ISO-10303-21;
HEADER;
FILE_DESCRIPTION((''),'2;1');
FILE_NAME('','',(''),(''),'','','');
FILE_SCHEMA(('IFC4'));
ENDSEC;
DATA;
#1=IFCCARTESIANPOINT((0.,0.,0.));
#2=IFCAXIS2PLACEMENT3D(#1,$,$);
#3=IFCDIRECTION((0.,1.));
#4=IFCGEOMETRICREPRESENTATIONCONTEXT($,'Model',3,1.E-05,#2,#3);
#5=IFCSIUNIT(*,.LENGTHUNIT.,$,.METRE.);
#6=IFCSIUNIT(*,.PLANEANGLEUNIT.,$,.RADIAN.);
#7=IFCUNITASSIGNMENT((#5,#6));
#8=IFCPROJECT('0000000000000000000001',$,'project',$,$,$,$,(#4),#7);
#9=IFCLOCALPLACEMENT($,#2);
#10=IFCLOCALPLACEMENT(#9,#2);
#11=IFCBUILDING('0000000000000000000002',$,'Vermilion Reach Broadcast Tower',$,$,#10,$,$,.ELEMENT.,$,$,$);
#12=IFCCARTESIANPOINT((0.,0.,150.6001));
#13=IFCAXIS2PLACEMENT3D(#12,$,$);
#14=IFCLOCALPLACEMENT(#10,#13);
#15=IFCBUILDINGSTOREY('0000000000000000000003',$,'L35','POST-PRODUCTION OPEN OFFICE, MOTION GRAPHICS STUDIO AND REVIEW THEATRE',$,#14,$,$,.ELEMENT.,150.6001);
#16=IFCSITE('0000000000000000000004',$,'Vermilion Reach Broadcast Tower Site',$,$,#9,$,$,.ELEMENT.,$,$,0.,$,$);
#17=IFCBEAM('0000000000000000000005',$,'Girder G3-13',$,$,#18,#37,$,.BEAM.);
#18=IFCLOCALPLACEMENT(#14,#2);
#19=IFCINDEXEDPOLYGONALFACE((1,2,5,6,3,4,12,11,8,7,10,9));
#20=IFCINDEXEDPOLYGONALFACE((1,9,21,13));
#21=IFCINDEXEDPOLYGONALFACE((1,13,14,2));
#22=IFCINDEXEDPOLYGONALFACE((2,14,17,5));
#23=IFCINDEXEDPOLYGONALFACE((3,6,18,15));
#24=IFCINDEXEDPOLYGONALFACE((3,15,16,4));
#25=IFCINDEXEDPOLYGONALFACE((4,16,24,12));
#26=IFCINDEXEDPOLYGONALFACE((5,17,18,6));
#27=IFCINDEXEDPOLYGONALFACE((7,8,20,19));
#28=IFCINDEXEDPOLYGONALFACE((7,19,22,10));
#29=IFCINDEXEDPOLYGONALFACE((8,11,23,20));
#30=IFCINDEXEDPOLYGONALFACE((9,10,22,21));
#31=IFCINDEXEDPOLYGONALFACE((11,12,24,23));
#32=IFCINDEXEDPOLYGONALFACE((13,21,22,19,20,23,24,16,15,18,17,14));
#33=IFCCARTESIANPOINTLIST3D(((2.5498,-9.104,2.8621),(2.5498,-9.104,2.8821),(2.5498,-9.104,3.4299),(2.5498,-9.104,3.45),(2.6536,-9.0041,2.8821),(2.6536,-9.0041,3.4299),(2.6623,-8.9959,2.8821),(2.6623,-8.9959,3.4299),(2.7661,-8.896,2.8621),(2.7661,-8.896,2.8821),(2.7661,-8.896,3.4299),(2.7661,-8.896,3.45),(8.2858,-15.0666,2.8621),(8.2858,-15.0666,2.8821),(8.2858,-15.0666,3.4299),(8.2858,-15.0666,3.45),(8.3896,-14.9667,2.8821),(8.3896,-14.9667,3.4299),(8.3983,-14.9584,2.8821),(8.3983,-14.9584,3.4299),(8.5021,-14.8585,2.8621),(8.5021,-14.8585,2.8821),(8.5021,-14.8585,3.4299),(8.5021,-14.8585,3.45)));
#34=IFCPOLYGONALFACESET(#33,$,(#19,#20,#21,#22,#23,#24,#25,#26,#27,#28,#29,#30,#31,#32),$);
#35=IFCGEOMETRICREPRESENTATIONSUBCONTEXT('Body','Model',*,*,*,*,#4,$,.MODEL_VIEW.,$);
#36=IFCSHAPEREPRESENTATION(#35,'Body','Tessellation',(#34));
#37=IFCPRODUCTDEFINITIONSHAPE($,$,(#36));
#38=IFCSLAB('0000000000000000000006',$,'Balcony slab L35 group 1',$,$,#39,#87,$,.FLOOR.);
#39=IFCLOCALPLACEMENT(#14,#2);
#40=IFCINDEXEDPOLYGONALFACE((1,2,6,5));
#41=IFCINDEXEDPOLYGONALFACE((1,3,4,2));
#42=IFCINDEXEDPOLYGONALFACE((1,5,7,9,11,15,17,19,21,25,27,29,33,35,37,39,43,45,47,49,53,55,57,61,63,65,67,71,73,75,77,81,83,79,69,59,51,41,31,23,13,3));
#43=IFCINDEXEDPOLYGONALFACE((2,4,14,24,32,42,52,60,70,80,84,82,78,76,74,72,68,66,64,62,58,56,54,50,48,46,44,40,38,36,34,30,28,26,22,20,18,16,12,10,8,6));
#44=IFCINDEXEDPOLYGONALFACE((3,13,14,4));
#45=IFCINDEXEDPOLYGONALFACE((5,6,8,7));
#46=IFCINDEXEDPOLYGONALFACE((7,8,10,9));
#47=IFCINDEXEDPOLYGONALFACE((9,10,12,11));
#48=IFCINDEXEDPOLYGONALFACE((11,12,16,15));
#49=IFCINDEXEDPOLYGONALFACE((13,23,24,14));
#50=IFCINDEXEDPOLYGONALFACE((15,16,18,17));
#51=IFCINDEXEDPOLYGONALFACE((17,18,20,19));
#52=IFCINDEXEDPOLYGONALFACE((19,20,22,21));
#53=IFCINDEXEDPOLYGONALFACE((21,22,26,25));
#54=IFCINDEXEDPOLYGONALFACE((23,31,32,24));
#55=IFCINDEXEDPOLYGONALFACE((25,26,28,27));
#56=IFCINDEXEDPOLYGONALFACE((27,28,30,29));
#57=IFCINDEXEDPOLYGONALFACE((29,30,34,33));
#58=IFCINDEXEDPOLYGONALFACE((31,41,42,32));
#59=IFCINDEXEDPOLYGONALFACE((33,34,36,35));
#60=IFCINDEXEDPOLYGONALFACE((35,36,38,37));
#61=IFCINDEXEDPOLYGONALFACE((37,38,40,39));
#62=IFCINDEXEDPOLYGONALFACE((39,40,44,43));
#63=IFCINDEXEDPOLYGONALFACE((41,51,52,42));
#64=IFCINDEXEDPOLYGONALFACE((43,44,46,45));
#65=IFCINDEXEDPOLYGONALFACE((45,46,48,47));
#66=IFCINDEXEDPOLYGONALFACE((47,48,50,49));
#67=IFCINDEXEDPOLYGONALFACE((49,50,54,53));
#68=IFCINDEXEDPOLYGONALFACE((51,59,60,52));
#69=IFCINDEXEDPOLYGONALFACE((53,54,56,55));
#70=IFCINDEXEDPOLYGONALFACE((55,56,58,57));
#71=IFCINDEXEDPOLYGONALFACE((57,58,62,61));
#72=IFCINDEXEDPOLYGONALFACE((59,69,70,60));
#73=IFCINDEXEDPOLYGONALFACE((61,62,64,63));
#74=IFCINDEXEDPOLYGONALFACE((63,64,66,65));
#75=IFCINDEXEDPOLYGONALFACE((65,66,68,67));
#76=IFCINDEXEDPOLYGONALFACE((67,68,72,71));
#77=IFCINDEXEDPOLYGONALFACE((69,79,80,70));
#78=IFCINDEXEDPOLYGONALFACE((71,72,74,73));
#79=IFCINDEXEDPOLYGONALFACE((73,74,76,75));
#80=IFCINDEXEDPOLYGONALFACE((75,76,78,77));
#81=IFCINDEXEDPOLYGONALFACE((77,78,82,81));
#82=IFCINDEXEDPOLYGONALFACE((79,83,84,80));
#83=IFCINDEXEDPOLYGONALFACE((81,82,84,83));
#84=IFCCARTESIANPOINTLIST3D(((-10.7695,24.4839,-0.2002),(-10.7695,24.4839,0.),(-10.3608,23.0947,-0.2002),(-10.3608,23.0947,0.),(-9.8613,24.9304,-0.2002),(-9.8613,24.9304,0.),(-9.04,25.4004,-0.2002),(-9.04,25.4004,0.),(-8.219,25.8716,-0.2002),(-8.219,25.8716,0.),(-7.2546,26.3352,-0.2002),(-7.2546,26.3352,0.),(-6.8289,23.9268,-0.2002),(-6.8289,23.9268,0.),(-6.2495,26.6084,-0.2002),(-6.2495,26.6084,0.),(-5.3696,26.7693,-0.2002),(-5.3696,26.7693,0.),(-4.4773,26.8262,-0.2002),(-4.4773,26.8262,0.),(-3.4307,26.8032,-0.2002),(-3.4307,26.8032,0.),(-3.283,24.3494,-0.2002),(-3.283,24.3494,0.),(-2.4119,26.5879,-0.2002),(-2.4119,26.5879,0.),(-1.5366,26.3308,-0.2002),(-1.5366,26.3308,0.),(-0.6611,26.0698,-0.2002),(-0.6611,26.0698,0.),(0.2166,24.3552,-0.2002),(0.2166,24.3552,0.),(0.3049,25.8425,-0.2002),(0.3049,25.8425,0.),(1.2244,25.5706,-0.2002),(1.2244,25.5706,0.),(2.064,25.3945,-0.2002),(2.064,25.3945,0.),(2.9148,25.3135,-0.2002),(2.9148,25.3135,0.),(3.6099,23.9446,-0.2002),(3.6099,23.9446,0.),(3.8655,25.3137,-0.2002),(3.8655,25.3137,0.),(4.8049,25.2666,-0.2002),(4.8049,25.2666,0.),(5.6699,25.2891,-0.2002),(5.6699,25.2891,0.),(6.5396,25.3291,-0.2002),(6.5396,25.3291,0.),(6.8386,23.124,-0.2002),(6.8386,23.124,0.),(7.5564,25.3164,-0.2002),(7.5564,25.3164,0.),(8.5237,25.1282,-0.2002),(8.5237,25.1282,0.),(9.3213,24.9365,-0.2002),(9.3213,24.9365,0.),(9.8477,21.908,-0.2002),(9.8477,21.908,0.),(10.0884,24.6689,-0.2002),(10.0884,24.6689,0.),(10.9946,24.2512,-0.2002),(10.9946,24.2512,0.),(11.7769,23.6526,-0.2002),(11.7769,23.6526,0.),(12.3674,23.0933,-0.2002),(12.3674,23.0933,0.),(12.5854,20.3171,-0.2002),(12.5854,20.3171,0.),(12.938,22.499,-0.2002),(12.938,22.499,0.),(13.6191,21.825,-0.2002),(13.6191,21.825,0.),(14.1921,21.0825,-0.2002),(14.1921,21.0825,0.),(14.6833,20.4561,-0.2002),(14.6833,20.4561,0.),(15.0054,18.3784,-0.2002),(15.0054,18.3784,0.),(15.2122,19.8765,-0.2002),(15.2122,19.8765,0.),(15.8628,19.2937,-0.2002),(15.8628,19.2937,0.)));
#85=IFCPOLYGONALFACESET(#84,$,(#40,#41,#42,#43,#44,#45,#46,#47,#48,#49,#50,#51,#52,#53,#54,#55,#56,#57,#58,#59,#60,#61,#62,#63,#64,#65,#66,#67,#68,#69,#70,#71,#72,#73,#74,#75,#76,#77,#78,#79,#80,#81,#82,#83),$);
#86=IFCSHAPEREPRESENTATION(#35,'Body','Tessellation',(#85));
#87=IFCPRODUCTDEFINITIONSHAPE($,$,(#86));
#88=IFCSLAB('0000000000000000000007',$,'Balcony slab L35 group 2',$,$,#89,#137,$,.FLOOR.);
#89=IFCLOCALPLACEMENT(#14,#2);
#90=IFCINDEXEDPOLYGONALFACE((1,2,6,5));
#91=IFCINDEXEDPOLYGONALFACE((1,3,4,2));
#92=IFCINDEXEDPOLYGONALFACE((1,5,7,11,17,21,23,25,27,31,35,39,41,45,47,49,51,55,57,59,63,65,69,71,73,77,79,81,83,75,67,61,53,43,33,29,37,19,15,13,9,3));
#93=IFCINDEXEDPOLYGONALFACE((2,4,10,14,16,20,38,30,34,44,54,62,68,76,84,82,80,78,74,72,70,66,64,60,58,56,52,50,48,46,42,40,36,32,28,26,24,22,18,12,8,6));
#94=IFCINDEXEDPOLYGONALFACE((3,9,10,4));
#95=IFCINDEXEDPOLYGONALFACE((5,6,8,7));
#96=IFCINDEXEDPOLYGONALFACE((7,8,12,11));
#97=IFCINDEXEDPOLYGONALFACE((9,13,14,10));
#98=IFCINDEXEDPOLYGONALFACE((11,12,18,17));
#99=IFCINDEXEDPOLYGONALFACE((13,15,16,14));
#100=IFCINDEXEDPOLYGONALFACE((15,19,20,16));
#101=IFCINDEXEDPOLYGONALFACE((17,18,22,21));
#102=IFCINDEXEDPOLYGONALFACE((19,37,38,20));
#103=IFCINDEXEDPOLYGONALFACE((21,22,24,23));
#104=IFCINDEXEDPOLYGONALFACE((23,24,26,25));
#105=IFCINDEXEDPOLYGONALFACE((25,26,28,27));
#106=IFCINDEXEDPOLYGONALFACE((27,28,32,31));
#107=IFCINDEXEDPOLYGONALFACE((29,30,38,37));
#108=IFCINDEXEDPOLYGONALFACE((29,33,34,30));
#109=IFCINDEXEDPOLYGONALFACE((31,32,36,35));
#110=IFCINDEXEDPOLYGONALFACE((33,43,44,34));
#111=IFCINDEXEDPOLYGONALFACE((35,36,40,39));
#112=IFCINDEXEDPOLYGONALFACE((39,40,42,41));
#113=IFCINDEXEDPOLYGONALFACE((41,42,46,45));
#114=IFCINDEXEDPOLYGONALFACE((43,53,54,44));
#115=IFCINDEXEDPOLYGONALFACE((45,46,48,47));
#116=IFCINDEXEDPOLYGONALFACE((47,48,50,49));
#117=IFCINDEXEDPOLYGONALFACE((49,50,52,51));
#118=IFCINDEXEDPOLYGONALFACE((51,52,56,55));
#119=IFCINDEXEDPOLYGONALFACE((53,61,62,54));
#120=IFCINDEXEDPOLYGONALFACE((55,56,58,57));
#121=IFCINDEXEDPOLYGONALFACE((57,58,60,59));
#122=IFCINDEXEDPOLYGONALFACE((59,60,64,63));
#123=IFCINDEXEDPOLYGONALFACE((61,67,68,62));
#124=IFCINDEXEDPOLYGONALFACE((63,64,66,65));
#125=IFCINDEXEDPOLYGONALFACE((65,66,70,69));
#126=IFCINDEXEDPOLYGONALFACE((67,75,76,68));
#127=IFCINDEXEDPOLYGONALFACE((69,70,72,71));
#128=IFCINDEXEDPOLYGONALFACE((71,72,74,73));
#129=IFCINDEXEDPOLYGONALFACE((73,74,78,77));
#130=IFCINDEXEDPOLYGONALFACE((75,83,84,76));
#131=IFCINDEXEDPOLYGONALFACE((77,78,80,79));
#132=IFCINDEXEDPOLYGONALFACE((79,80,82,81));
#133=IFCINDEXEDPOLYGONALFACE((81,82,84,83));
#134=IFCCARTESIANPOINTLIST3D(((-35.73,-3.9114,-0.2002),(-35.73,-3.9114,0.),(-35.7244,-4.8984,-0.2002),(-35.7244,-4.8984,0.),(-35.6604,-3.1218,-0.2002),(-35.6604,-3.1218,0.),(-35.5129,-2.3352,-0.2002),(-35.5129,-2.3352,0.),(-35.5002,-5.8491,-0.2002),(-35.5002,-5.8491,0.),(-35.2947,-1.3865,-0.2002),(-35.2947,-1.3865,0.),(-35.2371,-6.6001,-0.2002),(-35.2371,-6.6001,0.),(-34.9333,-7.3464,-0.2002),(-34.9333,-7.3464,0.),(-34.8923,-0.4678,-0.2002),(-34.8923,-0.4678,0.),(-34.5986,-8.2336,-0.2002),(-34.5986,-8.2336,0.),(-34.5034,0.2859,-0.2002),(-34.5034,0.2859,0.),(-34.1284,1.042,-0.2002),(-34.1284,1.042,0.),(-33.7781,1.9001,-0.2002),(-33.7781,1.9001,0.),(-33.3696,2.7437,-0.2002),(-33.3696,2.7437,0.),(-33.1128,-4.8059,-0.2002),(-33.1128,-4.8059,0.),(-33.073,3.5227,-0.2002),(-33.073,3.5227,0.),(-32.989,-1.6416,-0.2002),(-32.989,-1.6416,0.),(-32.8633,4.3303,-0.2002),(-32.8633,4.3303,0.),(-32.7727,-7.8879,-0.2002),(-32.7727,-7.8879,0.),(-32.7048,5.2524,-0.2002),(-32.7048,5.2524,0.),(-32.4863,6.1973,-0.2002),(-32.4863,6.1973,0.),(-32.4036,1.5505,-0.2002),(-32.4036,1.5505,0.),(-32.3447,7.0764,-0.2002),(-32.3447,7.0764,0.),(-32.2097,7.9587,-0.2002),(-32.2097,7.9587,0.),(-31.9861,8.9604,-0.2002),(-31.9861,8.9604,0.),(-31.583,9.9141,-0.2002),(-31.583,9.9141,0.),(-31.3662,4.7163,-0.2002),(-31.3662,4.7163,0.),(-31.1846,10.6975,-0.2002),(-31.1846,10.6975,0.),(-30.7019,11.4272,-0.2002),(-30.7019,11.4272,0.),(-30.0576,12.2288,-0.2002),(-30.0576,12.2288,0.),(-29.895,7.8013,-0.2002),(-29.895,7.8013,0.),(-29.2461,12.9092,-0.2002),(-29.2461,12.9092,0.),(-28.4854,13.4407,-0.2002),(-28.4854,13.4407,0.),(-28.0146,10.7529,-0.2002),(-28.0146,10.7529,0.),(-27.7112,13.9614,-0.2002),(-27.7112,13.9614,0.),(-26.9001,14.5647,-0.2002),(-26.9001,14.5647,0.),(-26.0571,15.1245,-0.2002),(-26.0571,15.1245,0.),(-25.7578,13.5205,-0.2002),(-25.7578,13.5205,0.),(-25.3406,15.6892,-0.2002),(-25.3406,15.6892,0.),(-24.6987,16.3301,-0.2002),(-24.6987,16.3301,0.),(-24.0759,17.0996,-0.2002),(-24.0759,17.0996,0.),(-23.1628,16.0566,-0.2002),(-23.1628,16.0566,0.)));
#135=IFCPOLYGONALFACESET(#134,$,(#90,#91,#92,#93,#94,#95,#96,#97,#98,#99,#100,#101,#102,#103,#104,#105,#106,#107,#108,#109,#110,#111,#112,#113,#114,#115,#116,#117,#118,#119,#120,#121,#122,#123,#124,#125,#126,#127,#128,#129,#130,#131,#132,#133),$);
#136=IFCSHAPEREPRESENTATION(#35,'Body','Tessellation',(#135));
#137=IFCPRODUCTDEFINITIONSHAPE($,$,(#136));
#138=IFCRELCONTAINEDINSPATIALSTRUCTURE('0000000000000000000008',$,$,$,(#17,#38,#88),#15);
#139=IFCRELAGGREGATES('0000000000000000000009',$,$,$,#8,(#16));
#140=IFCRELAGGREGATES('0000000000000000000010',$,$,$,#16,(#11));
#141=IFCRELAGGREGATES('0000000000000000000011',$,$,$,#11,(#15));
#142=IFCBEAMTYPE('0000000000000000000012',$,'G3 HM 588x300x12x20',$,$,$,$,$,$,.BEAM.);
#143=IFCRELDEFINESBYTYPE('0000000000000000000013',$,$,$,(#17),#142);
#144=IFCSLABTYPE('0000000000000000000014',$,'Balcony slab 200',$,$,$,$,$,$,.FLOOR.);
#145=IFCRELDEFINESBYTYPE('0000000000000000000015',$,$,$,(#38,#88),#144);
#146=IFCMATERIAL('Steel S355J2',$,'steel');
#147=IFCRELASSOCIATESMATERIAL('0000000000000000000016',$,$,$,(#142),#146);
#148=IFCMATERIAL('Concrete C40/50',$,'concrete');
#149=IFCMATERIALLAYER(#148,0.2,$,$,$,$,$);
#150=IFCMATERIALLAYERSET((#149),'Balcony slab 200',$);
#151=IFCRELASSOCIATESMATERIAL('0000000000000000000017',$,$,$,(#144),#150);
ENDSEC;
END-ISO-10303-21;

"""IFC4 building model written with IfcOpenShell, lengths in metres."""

from ifc_helpers import new_model, si_unit, direction, frame, origin, origin_2d, place, context, subcontext, project, spatial, polyline, i_section, outline, extrude, material, layer, layer_set, material_profile, profile_set, type_object, element, save


model = new_model("IFC4")

# Units and contexts
model_context = context("Model", 3, precision=1e-05, world=origin(), true_north=direction((0.0, 1.0)))
body_context = subcontext(model_context, "Body", "Model", "MODEL_VIEW")
ifc_project = project(units=[si_unit("LENGTHUNIT", "METRE"), si_unit("PLANEANGLEUNIT", "RADIAN")], contexts=[model_context])

# Site, building, storey
site_placement = place(None, origin())
site = spatial("IfcSite", under=ifc_project, at=site_placement, Name="Vermilion Reach Broadcast Tower Site", CompositionType="ELEMENT", RefElevation=0.0)
building_placement = place(site_placement, origin())
building = spatial("IfcBuilding", under=site, at=building_placement, Name="Vermilion Reach Broadcast Tower", CompositionType="ELEMENT")
storey_placement = place(building_placement, frame((0.0, 0.0, 150.6001)))
storey = spatial("IfcBuildingStorey", under=building, at=storey_placement, Name="L35", Description="POST-PRODUCTION OPEN OFFICE, MOTION GRAPHICS STUDIO AND REVIEW THEATRE", CompositionType="ELEMENT", Elevation=150.6001)

# Beam
ifc_material_1 = material(Name="Steel S355J2", Category="steel")
ifc_material_profile = material_profile(ifc_material_1, i_section(OverallWidth=0.3, OverallDepth=0.5879, WebThickness=0.012, FlangeThickness=0.02, at=origin_2d()), Name="S355J2 HM 588x300x12x20")
ifc_profile_set = profile_set([ifc_material_profile], Name="Steel S355J2")
beam_type = type_object("IfcBeamType", Name="G3 HM 588x300x12x20", PredefinedType="BEAM", material=ifc_profile_set)
beam_placement = place(storey_placement, frame((2.658, -9.0, 3.156), z_axis=(0.693283, -0.720666, 0.0), x_axis=(0.720666, 0.693283, 0.0)))
element("IfcBeam", 1, at=beam_placement, inside=storey, type_object=beam_type, Name="Girder G3-13", PredefinedType="BEAM", context=body_context, shape_type="SweptSolid", body=[
    extrude(i_section(OverallWidth=0.3, OverallDepth=0.5879, WebThickness=0.012, FlangeThickness=0.02, at=origin_2d()), origin(), (0.0, 0.0, 1.0), 8.2737),
])

# Slabs
ifc_material_2 = material(Name="Concrete C40/50", Category="concrete")
ifc_layer_1 = layer(ifc_material_2, 0.2)
ifc_layer_set_1 = layer_set([ifc_layer_1], Name="Balcony slab 200")
slab_type_1 = type_object("IfcSlabType", Name="Balcony slab 200", PredefinedType="FLOOR", material=ifc_layer_set_1)
placement_1 = place(storey_placement, frame((0.0, 0.0, -0.2002)))
element("IfcSlab", 2, at=placement_1, inside=storey, type_object=slab_type_1, Name="Balcony slab L35 group 1", PredefinedType="FLOOR", context=body_context, shape_type="SweptSolid", body=[
    extrude(outline(polyline([(15.0054, 18.3784), (12.5854, 20.3171), (9.8477, 21.908), (6.8386, 23.124), (3.6099, 23.9446), (0.2166, 24.3552), (-3.283, 24.3494), (-6.8289, 23.9268), (-10.3608, 23.0947), (-10.7695, 24.4839), (-9.8613, 24.9304), (-9.04, 25.4004), (-8.219, 25.8716), (-7.2546, 26.3352), (-6.2495, 26.6084), (-5.3696, 26.7693), (-4.4773, 26.8262), (-3.4307, 26.8032), (-2.4119, 26.5879), (-1.5366, 26.3308), (-0.6611, 26.0698), (0.3049, 25.8425), (1.2244, 25.5706), (2.064, 25.3945), (2.9148, 25.3135), (3.8655, 25.3137), (4.8049, 25.2666), (5.6699, 25.2891), (6.5396, 25.3291), (7.5564, 25.3164), (8.5237, 25.1282), (9.3213, 24.9365), (10.0884, 24.6689), (10.9946, 24.2512), (11.7769, 23.6526), (12.3674, 23.0933), (12.938, 22.499), (13.6191, 21.825), (14.1921, 21.0825), (14.6833, 20.4561), (15.2122, 19.8765), (15.8628, 19.2937), (15.0054, 18.3784)])), origin(), (0.0, 0.0, 1.0), 0.2002),
])
element("IfcSlab", 3, at=placement_1, inside=storey, type_object=slab_type_1, Name="Balcony slab L35 group 2", PredefinedType="FLOOR", context=body_context, shape_type="SweptSolid", body=[
    extrude(outline(polyline([(-23.1628, 16.0566), (-25.7578, 13.5205), (-28.0146, 10.7529), (-29.895, 7.8013), (-31.3662, 4.7163), (-32.4036, 1.5505), (-32.989, -1.6416), (-33.1128, -4.8059), (-32.7727, -7.8879), (-34.5986, -8.2336), (-34.9333, -7.3464), (-35.2371, -6.6001), (-35.5002, -5.8491), (-35.7244, -4.8984), (-35.73, -3.9114), (-35.6604, -3.1218), (-35.5129, -2.3352), (-35.2947, -1.3865), (-34.8923, -0.4678), (-34.5034, 0.2859), (-34.1284, 1.042), (-33.7781, 1.9001), (-33.3696, 2.7437), (-33.073, 3.5227), (-32.8633, 4.3303), (-32.7048, 5.2524), (-32.4863, 6.1973), (-32.3447, 7.0764), (-32.2097, 7.9587), (-31.9861, 8.9604), (-31.583, 9.9141), (-31.1846, 10.6975), (-30.7019, 11.4272), (-30.0576, 12.2288), (-29.2461, 12.9092), (-28.4854, 13.4407), (-27.7112, 13.9614), (-26.9001, 14.5647), (-26.0571, 15.1245), (-25.3406, 15.6892), (-24.6987, 16.3301), (-24.0759, 17.0996), (-23.1628, 16.0566)])), origin(), (0.0, 0.0, 1.0), 0.2002),
])

save(model, "model.ifc")
